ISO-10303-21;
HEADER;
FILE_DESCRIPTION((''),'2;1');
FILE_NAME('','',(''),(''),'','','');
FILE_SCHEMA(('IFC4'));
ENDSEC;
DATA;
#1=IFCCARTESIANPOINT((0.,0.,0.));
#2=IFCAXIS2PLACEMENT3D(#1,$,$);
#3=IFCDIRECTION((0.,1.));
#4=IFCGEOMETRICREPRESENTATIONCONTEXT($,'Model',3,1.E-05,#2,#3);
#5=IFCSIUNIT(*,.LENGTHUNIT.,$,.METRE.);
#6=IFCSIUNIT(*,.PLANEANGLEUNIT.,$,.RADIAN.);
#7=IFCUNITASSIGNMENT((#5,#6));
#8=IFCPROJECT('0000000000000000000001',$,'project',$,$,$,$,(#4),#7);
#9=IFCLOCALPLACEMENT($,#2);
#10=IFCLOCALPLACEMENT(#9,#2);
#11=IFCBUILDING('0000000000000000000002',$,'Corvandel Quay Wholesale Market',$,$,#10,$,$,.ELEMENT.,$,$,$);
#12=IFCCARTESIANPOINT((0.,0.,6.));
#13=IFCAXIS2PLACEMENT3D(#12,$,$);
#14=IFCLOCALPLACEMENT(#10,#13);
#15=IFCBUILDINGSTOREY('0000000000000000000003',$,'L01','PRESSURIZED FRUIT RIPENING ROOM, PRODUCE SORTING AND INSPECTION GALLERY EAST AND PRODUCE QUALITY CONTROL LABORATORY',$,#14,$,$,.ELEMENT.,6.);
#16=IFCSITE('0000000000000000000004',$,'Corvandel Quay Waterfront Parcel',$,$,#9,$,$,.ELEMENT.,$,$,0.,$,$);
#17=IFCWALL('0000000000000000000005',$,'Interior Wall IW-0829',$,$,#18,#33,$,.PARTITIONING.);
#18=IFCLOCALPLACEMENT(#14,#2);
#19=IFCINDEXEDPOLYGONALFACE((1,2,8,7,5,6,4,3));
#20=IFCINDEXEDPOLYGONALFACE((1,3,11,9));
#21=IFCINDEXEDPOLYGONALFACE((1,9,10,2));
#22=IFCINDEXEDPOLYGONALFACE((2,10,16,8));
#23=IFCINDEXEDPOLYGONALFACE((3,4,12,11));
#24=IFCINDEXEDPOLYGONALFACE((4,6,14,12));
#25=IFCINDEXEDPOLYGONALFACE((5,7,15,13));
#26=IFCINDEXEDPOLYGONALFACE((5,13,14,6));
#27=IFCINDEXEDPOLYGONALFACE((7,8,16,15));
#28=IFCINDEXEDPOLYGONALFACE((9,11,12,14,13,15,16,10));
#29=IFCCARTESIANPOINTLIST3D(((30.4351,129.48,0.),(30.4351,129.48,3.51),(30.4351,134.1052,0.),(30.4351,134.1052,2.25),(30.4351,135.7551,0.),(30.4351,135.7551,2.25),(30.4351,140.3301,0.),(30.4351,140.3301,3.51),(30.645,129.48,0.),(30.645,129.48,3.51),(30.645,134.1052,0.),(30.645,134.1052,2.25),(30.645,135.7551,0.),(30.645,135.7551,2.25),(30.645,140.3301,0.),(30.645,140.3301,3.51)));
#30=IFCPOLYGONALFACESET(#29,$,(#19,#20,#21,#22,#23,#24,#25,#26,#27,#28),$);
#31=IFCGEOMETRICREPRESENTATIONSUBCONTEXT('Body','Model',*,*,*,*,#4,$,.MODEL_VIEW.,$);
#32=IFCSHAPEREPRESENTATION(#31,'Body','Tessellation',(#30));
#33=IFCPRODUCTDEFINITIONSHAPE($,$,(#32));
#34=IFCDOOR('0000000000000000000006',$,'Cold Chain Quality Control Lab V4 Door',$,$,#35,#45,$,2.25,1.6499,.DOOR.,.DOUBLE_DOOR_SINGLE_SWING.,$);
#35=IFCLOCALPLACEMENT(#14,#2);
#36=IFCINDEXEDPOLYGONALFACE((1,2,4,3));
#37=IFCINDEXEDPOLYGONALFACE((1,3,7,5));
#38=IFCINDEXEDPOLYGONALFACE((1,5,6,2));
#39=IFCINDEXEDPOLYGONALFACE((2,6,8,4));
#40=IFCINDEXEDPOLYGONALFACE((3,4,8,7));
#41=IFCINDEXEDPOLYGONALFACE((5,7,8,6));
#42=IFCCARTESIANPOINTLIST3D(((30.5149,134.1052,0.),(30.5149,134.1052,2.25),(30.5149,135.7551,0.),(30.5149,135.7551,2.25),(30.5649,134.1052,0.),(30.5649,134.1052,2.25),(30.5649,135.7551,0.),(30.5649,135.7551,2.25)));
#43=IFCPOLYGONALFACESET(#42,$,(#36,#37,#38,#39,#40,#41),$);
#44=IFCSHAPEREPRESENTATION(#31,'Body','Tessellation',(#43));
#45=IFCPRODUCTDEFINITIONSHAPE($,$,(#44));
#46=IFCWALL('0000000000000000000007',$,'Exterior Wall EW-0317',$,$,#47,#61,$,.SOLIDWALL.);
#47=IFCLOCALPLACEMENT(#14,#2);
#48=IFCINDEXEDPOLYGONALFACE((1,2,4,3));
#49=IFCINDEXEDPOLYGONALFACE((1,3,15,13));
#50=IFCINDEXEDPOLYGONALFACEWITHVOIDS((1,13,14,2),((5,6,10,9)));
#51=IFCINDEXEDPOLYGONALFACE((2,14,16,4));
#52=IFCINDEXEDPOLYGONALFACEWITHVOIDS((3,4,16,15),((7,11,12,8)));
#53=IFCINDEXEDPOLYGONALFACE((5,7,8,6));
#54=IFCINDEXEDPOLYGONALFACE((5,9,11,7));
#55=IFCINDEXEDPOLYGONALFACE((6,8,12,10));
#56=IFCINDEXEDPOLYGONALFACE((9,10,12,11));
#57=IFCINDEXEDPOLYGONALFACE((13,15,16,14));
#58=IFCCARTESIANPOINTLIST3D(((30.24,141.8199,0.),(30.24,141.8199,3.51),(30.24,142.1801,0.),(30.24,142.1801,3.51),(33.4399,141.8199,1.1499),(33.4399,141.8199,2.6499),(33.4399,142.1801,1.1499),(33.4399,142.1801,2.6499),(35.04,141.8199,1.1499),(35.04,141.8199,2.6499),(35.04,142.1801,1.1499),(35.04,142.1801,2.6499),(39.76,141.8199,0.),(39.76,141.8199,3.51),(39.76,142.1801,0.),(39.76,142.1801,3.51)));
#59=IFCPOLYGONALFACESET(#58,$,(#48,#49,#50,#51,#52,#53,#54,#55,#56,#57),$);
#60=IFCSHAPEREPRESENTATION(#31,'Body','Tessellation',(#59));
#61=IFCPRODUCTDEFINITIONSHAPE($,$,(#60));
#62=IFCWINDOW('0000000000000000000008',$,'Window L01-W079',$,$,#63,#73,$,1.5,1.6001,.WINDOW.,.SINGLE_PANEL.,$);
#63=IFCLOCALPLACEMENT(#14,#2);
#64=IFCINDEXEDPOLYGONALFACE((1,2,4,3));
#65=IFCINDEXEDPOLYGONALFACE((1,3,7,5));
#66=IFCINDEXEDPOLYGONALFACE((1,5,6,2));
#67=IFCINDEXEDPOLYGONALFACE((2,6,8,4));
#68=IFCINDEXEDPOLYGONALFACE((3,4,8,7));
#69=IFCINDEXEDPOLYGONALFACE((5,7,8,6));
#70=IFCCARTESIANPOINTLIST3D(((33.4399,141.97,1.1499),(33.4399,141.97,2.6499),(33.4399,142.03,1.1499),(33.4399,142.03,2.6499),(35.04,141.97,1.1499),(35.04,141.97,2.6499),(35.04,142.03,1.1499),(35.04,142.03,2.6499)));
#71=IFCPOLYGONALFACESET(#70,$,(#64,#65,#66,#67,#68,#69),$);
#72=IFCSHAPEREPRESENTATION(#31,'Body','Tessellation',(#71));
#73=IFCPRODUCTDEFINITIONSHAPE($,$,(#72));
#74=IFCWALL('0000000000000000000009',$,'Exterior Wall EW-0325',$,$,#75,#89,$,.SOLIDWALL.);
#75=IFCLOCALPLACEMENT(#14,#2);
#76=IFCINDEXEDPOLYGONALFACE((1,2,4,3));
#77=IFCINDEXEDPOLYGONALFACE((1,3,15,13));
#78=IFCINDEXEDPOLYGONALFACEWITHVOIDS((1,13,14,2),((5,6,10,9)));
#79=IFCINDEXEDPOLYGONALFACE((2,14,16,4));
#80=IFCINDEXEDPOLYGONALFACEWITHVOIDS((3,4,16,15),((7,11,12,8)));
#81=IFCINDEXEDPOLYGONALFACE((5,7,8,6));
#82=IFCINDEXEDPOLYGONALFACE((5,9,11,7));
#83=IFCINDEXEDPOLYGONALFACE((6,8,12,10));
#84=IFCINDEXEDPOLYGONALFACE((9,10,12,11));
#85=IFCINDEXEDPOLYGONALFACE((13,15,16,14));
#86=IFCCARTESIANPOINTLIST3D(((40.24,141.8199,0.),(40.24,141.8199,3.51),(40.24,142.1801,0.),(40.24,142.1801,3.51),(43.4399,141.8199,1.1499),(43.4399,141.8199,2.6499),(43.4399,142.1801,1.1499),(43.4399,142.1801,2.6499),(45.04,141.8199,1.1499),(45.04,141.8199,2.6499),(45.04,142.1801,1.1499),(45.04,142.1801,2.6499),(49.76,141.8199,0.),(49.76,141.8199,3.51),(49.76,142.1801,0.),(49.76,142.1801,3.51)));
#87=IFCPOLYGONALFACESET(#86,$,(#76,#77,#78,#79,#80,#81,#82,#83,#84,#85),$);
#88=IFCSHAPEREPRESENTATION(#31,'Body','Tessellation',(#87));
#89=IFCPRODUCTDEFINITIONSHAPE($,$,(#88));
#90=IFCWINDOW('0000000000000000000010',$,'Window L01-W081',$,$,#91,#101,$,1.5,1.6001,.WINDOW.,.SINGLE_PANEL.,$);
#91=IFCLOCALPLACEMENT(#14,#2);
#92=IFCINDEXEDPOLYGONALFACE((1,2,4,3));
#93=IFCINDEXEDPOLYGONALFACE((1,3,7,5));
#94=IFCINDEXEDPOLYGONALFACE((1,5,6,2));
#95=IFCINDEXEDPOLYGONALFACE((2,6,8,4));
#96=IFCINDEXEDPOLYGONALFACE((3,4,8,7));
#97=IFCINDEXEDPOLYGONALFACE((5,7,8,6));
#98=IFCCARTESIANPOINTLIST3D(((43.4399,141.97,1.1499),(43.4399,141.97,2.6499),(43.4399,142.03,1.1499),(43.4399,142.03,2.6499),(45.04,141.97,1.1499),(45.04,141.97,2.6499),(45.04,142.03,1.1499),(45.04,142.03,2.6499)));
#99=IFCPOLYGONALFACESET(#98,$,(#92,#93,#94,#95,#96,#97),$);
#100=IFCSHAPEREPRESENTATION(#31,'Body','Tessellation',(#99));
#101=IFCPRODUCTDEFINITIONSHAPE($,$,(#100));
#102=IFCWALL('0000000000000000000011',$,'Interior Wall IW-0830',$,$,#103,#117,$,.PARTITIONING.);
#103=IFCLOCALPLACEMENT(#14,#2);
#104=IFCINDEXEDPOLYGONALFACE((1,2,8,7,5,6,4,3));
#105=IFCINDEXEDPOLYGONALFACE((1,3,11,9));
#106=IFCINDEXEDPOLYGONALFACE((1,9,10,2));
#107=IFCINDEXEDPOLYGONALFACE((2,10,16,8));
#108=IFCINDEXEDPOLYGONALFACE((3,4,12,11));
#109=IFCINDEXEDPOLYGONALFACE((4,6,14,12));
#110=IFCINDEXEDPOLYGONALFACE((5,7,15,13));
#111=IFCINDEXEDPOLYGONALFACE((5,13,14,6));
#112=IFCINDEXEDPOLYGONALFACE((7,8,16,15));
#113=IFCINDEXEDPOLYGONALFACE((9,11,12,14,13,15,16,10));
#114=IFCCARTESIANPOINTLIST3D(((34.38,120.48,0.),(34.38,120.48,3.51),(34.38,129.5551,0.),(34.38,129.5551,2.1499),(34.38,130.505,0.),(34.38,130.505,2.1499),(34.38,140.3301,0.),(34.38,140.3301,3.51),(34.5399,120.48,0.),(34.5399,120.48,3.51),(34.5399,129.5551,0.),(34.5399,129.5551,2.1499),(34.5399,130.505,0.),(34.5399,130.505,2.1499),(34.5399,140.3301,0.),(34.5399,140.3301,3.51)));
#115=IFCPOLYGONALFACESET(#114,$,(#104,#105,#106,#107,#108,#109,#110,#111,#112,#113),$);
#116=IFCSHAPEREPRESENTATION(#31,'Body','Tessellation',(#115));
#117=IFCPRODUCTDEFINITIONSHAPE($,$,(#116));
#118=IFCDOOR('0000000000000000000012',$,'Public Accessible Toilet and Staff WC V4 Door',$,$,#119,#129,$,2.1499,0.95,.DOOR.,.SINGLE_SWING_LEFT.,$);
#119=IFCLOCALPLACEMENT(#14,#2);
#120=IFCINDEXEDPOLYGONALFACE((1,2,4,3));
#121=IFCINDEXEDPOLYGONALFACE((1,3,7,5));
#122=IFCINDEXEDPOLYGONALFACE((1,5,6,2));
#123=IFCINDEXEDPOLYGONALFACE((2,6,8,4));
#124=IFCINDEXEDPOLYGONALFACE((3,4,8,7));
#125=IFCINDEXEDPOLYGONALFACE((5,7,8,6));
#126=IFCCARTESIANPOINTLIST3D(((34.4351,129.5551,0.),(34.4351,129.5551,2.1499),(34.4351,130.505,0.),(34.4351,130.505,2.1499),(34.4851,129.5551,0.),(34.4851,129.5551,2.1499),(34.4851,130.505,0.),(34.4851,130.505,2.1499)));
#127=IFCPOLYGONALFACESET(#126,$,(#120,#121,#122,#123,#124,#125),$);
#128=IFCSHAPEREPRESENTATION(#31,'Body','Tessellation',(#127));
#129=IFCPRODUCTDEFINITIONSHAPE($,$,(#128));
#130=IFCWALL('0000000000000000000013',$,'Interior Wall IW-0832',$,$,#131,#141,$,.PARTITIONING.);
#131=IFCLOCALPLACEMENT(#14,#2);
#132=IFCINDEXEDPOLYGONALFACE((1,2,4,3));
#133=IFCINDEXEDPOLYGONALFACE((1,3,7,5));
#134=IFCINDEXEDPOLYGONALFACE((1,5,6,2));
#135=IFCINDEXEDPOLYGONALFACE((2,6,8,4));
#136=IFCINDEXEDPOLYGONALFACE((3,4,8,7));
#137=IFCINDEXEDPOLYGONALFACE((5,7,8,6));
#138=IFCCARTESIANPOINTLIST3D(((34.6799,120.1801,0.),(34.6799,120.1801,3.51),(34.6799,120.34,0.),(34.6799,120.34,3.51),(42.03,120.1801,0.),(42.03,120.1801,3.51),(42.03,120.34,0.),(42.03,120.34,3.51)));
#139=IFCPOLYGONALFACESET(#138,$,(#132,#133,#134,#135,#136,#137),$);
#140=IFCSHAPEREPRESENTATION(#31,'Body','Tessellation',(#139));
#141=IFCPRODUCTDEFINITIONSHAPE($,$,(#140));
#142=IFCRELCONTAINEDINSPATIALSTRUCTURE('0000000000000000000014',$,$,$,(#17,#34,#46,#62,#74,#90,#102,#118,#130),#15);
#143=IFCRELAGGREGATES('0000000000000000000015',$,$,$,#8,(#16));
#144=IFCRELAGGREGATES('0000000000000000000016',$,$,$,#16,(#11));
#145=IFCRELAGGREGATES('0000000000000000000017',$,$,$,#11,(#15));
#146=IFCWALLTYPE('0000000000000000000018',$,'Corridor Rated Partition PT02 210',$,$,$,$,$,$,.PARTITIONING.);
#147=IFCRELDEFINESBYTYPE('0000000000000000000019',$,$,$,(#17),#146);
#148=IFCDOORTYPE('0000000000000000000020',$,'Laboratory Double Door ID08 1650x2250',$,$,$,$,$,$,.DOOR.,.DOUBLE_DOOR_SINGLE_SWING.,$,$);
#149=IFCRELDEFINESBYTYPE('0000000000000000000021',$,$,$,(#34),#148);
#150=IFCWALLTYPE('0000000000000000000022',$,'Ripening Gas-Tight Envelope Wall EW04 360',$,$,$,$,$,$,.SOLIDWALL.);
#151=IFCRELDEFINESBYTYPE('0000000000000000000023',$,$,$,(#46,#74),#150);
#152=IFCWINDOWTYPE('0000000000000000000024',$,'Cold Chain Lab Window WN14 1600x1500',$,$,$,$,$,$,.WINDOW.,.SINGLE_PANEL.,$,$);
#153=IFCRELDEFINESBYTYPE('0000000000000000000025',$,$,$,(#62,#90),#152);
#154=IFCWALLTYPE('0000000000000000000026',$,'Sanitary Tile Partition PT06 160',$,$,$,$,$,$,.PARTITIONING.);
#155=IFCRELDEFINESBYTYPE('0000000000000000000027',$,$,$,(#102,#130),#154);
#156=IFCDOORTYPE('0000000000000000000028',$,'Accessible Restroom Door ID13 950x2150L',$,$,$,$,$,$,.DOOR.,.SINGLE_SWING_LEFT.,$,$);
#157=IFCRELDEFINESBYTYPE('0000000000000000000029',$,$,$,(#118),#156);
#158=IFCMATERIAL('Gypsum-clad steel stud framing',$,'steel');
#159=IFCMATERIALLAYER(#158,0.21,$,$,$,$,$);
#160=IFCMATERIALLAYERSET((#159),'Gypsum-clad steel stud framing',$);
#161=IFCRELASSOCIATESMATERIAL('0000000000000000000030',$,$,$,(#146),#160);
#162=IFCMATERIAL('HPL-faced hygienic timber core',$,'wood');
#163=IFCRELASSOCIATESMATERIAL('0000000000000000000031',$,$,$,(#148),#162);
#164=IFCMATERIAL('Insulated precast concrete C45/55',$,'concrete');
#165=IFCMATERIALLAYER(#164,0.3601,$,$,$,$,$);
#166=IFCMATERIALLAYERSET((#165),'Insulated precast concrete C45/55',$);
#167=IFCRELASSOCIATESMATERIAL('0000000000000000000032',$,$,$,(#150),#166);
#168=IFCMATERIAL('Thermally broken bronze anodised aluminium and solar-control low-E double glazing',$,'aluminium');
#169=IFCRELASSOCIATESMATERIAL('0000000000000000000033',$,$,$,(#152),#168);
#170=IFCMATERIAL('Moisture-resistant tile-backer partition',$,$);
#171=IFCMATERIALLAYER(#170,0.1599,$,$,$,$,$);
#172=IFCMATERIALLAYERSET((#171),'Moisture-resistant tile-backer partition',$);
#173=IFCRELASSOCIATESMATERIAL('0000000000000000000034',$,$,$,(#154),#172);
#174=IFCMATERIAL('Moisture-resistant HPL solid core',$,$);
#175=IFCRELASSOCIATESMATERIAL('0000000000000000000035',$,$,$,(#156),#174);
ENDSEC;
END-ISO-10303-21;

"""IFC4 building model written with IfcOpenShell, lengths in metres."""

from ifc_helpers import new_model, si_unit, direction, frame, frame_2d, origin, place, context, subcontext, project, spatial, rectangle, extrude, material, layer, layer_set, type_object, element, fill, save


model = new_model("IFC4")

# Units and contexts
model_context = context("Model", 3, precision=1e-05, world=origin(), true_north=direction((0.0, 1.0)))
body_context = subcontext(model_context, "Body", "Model", "MODEL_VIEW")
ifc_project = project(units=[si_unit("LENGTHUNIT", "METRE"), si_unit("PLANEANGLEUNIT", "RADIAN")], contexts=[model_context])

# Site, building, storey
site_placement = place(None, origin())
site = spatial("IfcSite", under=ifc_project, at=site_placement, Name="Corvandel Quay Waterfront Parcel", CompositionType="ELEMENT", RefElevation=0.0)
building_placement = place(site_placement, origin())
building = spatial("IfcBuilding", under=site, at=building_placement, Name="Corvandel Quay Wholesale Market", CompositionType="ELEMENT")
storey_placement = place(building_placement, frame((0.0, 0.0, 6.0)))
storey = spatial("IfcBuildingStorey", under=building, at=storey_placement, Name="L01", Description="PRESSURIZED FRUIT RIPENING ROOM, PRODUCE SORTING AND INSPECTION GALLERY EAST AND PRODUCE QUALITY CONTROL LABORATORY", CompositionType="ELEMENT", Elevation=6.0)

# Wall, opening, door
ifc_material_1 = material(Name="Gypsum-clad steel stud framing", Category="steel")
ifc_layer_1 = layer(ifc_material_1, 0.21)
ifc_layer_set_1 = layer_set([ifc_layer_1], Name="Gypsum-clad steel stud framing")
wall_type_1 = type_object("IfcWallType", Name="Corridor Rated Partition PT02 210", PredefinedType="PARTITIONING", material=ifc_layer_set_1)
wall_1_placement = place(storey_placement, frame((30.54, 140.3301, 0.0), z_axis=(0.0, 0.0, 1.0), x_axis=(0.0, -1.0, 0.0)))
wall_1 = element("IfcWall", 1, at=wall_1_placement, inside=storey, type_object=wall_type_1, Name="Interior Wall IW-0829", PredefinedType="PARTITIONING", context=body_context, shape_type="SweptSolid", body=[
    extrude(rectangle(XDim=10.8501, YDim=0.21, at=frame_2d((5.425, 0.0))), origin(), (0.0, 0.0, 1.0), 3.51),
])
opening_1_placement = place(wall_1_placement, frame((4.575, 0.0, 0.0)))
opening_1 = element("IfcOpeningElement", 2, at=opening_1_placement, cuts=wall_1, PredefinedType="OPENING", context=body_context, shape_type="SweptSolid", body=[
    extrude(rectangle(XDim=1.6499, YDim=2.25, at=frame_2d((0.825, 1.125))), frame((0.0, 0.115, 0.0), z_axis=(0.0, -1.0, 0.0), x_axis=(1.0, 0.0, 0.0)), (0.0, 0.0, 1.0), 0.23),
])
ifc_material_2 = material(Name="HPL-faced hygienic timber core", Category="wood")
door_type_1 = type_object("IfcDoorType", Name="Laboratory Double Door ID08 1650x2250", OperationType="DOUBLE_DOOR_SINGLE_SWING", PredefinedType="DOOR", material=ifc_material_2)
door_1_placement = place(opening_1_placement, origin())
door_1 = element("IfcDoor", 3, at=door_1_placement, inside=storey, type_object=door_type_1, Name="Cold Chain Quality Control Lab V4 Door", OperationType="DOUBLE_DOOR_SINGLE_SWING", OverallHeight=2.25, OverallWidth=1.6499, PredefinedType="DOOR", context=body_context, shape_type="SweptSolid", body=[
    extrude(rectangle(XDim=1.6499, YDim=2.25, at=frame_2d((0.825, 1.125))), frame((0.0, 0.0249, 0.0), z_axis=(0.0, -1.0, 0.0), x_axis=(1.0, 0.0, 0.0)), (0.0, 0.0, 1.0), 0.05),
])
fill(opening_1, door_1)

# Walls, openings, windows
ifc_material_3 = material(Name="Insulated precast concrete C45/55", Category="concrete")
ifc_layer_2 = layer(ifc_material_3, 0.3601)
ifc_layer_set_2 = layer_set([ifc_layer_2], Name="Insulated precast concrete C45/55")
wall_type_2 = type_object("IfcWallType", Name="Ripening Gas-Tight Envelope Wall EW04 360", PredefinedType="SOLIDWALL", material=ifc_layer_set_2)
wall_2_placement = place(storey_placement, frame((30.24, 142.0, 0.0), z_axis=(0.0, 0.0, 1.0), x_axis=(1.0, 0.0, 0.0)))
wall_2 = element("IfcWall", 4, at=wall_2_placement, inside=storey, type_object=wall_type_2, Name="Exterior Wall EW-0317", PredefinedType="SOLIDWALL", context=body_context, shape_type="SweptSolid", body=[
    extrude(rectangle(XDim=9.52, YDim=0.3601, at=frame_2d((4.76, 0.0))), origin(), (0.0, 0.0, 1.0), 3.51),
])
opening_2_placement = place(wall_2_placement, frame((3.2, 0.0, 1.1499)))
opening_2 = element("IfcOpeningElement", 5, at=opening_2_placement, cuts=wall_2, PredefinedType="OPENING", context=body_context, shape_type="SweptSolid", body=[
    extrude(rectangle(XDim=1.6001, YDim=1.5, at=frame_2d((0.8, 0.75))), frame((0.0, 0.1899, 0.0), z_axis=(0.0, -1.0, 0.0), x_axis=(1.0, 0.0, 0.0)), (0.0, 0.0, 1.0), 0.3801),
])
ifc_material_4 = material(Name="Thermally broken bronze anodised aluminium and solar-control low-E double glazing", Category="aluminium")
window_type = type_object("IfcWindowType", Name="Cold Chain Lab Window WN14 1600x1500", PartitioningType="SINGLE_PANEL", PredefinedType="WINDOW", material=ifc_material_4)
window_1_placement = place(opening_2_placement, origin())
window_1 = element("IfcWindow", 6, at=window_1_placement, inside=storey, type_object=window_type, Name="Window L01-W079", OverallHeight=1.5, OverallWidth=1.6001, PartitioningType="SINGLE_PANEL", PredefinedType="WINDOW", context=body_context, shape_type="SweptSolid", body=[
    extrude(rectangle(XDim=1.6001, YDim=1.5, at=frame_2d((0.8, 0.75))), frame((0.0, 0.03, 0.0), z_axis=(0.0, -1.0, 0.0), x_axis=(1.0, 0.0, 0.0)), (0.0, 0.0, 1.0), 0.0601),
])
fill(opening_2, window_1)
wall_3_placement = place(storey_placement, frame((40.24, 142.0, 0.0), z_axis=(0.0, 0.0, 1.0), x_axis=(1.0, 0.0, 0.0)))
wall_3 = element("IfcWall", 7, at=wall_3_placement, inside=storey, type_object=wall_type_2, Name="Exterior Wall EW-0325", PredefinedType="SOLIDWALL", context=body_context, shape_type="SweptSolid", body=[
    extrude(rectangle(XDim=9.52, YDim=0.3601, at=frame_2d((4.76, 0.0))), origin(), (0.0, 0.0, 1.0), 3.51),
])
opening_3_placement = place(wall_3_placement, frame((3.2, 0.0, 1.1499)))
opening_3 = element("IfcOpeningElement", 8, at=opening_3_placement, cuts=wall_3, PredefinedType="OPENING", context=body_context, shape_type="SweptSolid", body=[
    extrude(rectangle(XDim=1.6001, YDim=1.5, at=frame_2d((0.8, 0.75))), frame((0.0, 0.1899, 0.0), z_axis=(0.0, -1.0, 0.0), x_axis=(1.0, 0.0, 0.0)), (0.0, 0.0, 1.0), 0.3801),
])
window_2_placement = place(opening_3_placement, origin())
window_2 = element("IfcWindow", 9, at=window_2_placement, inside=storey, type_object=window_type, Name="Window L01-W081", OverallHeight=1.5, OverallWidth=1.6001, PartitioningType="SINGLE_PANEL", PredefinedType="WINDOW", context=body_context, shape_type="SweptSolid", body=[
    extrude(rectangle(XDim=1.6001, YDim=1.5, at=frame_2d((0.8, 0.75))), frame((0.0, 0.03, 0.0), z_axis=(0.0, -1.0, 0.0), x_axis=(1.0, 0.0, 0.0)), (0.0, 0.0, 1.0), 0.0601),
])
fill(opening_3, window_2)

# Wall, opening, door
ifc_material_5 = material(Name="Moisture-resistant tile-backer partition")
ifc_layer_3 = layer(ifc_material_5, 0.1599)
ifc_layer_set_3 = layer_set([ifc_layer_3], Name="Moisture-resistant tile-backer partition")
wall_type_3 = type_object("IfcWallType", Name="Sanitary Tile Partition PT06 160", PredefinedType="PARTITIONING", material=ifc_layer_set_3)
wall_4_placement = place(storey_placement, frame((34.46, 120.48, 0.0), z_axis=(0.0, 0.0, 1.0), x_axis=(0.0, 1.0, 0.0)))
wall_4 = element("IfcWall", 10, at=wall_4_placement, inside=storey, type_object=wall_type_3, Name="Interior Wall IW-0830", PredefinedType="PARTITIONING", context=body_context, shape_type="SweptSolid", body=[
    extrude(rectangle(XDim=19.8501, YDim=0.1599, at=frame_2d((9.925, 0.0))), origin(), (0.0, 0.0, 1.0), 3.51),
])
opening_4_placement = place(wall_4_placement, frame((9.075, 0.0, 0.0)))
opening_4 = element("IfcOpeningElement", 11, at=opening_4_placement, cuts=wall_4, PredefinedType="OPENING", context=body_context, shape_type="SweptSolid", body=[
    extrude(rectangle(XDim=0.95, YDim=2.1499, at=frame_2d((0.4751, 1.075))), frame((0.0, 0.0898, 0.0), z_axis=(0.0, -1.0, 0.0), x_axis=(1.0, 0.0, 0.0)), (0.0, 0.0, 1.0), 0.1799),
])
ifc_material_6 = material(Name="Moisture-resistant HPL solid core")
door_type_2 = type_object("IfcDoorType", Name="Accessible Restroom Door ID13 950x2150L", OperationType="SINGLE_SWING_LEFT", PredefinedType="DOOR", material=ifc_material_6)
door_2_placement = place(opening_4_placement, origin())
door_2 = element("IfcDoor", 12, at=door_2_placement, inside=storey, type_object=door_type_2, Name="Public Accessible Toilet and Staff WC V4 Door", OperationType="SINGLE_SWING_LEFT", OverallHeight=2.1499, OverallWidth=0.95, PredefinedType="DOOR", context=body_context, shape_type="SweptSolid", body=[
    extrude(rectangle(XDim=0.95, YDim=2.1499, at=frame_2d((0.4751, 1.075))), frame((0.0, 0.0249, 0.0), z_axis=(0.0, -1.0, 0.0), x_axis=(1.0, 0.0, 0.0)), (0.0, 0.0, 1.0), 0.05),
])
fill(opening_4, door_2)

# Wall
wall_5_placement = place(storey_placement, frame((42.03, 120.26, 0.0), z_axis=(0.0, 0.0, 1.0), x_axis=(-1.0, 0.0, 0.0)))
element("IfcWall", 13, at=wall_5_placement, inside=storey, type_object=wall_type_3, Name="Interior Wall IW-0832", PredefinedType="PARTITIONING", context=body_context, shape_type="SweptSolid", body=[
    extrude(rectangle(XDim=7.3501, YDim=0.1599, at=frame_2d((3.675, 0.0))), origin(), (0.0, 0.0, 1.0), 3.51),
])

save(model, "model.ifc")
